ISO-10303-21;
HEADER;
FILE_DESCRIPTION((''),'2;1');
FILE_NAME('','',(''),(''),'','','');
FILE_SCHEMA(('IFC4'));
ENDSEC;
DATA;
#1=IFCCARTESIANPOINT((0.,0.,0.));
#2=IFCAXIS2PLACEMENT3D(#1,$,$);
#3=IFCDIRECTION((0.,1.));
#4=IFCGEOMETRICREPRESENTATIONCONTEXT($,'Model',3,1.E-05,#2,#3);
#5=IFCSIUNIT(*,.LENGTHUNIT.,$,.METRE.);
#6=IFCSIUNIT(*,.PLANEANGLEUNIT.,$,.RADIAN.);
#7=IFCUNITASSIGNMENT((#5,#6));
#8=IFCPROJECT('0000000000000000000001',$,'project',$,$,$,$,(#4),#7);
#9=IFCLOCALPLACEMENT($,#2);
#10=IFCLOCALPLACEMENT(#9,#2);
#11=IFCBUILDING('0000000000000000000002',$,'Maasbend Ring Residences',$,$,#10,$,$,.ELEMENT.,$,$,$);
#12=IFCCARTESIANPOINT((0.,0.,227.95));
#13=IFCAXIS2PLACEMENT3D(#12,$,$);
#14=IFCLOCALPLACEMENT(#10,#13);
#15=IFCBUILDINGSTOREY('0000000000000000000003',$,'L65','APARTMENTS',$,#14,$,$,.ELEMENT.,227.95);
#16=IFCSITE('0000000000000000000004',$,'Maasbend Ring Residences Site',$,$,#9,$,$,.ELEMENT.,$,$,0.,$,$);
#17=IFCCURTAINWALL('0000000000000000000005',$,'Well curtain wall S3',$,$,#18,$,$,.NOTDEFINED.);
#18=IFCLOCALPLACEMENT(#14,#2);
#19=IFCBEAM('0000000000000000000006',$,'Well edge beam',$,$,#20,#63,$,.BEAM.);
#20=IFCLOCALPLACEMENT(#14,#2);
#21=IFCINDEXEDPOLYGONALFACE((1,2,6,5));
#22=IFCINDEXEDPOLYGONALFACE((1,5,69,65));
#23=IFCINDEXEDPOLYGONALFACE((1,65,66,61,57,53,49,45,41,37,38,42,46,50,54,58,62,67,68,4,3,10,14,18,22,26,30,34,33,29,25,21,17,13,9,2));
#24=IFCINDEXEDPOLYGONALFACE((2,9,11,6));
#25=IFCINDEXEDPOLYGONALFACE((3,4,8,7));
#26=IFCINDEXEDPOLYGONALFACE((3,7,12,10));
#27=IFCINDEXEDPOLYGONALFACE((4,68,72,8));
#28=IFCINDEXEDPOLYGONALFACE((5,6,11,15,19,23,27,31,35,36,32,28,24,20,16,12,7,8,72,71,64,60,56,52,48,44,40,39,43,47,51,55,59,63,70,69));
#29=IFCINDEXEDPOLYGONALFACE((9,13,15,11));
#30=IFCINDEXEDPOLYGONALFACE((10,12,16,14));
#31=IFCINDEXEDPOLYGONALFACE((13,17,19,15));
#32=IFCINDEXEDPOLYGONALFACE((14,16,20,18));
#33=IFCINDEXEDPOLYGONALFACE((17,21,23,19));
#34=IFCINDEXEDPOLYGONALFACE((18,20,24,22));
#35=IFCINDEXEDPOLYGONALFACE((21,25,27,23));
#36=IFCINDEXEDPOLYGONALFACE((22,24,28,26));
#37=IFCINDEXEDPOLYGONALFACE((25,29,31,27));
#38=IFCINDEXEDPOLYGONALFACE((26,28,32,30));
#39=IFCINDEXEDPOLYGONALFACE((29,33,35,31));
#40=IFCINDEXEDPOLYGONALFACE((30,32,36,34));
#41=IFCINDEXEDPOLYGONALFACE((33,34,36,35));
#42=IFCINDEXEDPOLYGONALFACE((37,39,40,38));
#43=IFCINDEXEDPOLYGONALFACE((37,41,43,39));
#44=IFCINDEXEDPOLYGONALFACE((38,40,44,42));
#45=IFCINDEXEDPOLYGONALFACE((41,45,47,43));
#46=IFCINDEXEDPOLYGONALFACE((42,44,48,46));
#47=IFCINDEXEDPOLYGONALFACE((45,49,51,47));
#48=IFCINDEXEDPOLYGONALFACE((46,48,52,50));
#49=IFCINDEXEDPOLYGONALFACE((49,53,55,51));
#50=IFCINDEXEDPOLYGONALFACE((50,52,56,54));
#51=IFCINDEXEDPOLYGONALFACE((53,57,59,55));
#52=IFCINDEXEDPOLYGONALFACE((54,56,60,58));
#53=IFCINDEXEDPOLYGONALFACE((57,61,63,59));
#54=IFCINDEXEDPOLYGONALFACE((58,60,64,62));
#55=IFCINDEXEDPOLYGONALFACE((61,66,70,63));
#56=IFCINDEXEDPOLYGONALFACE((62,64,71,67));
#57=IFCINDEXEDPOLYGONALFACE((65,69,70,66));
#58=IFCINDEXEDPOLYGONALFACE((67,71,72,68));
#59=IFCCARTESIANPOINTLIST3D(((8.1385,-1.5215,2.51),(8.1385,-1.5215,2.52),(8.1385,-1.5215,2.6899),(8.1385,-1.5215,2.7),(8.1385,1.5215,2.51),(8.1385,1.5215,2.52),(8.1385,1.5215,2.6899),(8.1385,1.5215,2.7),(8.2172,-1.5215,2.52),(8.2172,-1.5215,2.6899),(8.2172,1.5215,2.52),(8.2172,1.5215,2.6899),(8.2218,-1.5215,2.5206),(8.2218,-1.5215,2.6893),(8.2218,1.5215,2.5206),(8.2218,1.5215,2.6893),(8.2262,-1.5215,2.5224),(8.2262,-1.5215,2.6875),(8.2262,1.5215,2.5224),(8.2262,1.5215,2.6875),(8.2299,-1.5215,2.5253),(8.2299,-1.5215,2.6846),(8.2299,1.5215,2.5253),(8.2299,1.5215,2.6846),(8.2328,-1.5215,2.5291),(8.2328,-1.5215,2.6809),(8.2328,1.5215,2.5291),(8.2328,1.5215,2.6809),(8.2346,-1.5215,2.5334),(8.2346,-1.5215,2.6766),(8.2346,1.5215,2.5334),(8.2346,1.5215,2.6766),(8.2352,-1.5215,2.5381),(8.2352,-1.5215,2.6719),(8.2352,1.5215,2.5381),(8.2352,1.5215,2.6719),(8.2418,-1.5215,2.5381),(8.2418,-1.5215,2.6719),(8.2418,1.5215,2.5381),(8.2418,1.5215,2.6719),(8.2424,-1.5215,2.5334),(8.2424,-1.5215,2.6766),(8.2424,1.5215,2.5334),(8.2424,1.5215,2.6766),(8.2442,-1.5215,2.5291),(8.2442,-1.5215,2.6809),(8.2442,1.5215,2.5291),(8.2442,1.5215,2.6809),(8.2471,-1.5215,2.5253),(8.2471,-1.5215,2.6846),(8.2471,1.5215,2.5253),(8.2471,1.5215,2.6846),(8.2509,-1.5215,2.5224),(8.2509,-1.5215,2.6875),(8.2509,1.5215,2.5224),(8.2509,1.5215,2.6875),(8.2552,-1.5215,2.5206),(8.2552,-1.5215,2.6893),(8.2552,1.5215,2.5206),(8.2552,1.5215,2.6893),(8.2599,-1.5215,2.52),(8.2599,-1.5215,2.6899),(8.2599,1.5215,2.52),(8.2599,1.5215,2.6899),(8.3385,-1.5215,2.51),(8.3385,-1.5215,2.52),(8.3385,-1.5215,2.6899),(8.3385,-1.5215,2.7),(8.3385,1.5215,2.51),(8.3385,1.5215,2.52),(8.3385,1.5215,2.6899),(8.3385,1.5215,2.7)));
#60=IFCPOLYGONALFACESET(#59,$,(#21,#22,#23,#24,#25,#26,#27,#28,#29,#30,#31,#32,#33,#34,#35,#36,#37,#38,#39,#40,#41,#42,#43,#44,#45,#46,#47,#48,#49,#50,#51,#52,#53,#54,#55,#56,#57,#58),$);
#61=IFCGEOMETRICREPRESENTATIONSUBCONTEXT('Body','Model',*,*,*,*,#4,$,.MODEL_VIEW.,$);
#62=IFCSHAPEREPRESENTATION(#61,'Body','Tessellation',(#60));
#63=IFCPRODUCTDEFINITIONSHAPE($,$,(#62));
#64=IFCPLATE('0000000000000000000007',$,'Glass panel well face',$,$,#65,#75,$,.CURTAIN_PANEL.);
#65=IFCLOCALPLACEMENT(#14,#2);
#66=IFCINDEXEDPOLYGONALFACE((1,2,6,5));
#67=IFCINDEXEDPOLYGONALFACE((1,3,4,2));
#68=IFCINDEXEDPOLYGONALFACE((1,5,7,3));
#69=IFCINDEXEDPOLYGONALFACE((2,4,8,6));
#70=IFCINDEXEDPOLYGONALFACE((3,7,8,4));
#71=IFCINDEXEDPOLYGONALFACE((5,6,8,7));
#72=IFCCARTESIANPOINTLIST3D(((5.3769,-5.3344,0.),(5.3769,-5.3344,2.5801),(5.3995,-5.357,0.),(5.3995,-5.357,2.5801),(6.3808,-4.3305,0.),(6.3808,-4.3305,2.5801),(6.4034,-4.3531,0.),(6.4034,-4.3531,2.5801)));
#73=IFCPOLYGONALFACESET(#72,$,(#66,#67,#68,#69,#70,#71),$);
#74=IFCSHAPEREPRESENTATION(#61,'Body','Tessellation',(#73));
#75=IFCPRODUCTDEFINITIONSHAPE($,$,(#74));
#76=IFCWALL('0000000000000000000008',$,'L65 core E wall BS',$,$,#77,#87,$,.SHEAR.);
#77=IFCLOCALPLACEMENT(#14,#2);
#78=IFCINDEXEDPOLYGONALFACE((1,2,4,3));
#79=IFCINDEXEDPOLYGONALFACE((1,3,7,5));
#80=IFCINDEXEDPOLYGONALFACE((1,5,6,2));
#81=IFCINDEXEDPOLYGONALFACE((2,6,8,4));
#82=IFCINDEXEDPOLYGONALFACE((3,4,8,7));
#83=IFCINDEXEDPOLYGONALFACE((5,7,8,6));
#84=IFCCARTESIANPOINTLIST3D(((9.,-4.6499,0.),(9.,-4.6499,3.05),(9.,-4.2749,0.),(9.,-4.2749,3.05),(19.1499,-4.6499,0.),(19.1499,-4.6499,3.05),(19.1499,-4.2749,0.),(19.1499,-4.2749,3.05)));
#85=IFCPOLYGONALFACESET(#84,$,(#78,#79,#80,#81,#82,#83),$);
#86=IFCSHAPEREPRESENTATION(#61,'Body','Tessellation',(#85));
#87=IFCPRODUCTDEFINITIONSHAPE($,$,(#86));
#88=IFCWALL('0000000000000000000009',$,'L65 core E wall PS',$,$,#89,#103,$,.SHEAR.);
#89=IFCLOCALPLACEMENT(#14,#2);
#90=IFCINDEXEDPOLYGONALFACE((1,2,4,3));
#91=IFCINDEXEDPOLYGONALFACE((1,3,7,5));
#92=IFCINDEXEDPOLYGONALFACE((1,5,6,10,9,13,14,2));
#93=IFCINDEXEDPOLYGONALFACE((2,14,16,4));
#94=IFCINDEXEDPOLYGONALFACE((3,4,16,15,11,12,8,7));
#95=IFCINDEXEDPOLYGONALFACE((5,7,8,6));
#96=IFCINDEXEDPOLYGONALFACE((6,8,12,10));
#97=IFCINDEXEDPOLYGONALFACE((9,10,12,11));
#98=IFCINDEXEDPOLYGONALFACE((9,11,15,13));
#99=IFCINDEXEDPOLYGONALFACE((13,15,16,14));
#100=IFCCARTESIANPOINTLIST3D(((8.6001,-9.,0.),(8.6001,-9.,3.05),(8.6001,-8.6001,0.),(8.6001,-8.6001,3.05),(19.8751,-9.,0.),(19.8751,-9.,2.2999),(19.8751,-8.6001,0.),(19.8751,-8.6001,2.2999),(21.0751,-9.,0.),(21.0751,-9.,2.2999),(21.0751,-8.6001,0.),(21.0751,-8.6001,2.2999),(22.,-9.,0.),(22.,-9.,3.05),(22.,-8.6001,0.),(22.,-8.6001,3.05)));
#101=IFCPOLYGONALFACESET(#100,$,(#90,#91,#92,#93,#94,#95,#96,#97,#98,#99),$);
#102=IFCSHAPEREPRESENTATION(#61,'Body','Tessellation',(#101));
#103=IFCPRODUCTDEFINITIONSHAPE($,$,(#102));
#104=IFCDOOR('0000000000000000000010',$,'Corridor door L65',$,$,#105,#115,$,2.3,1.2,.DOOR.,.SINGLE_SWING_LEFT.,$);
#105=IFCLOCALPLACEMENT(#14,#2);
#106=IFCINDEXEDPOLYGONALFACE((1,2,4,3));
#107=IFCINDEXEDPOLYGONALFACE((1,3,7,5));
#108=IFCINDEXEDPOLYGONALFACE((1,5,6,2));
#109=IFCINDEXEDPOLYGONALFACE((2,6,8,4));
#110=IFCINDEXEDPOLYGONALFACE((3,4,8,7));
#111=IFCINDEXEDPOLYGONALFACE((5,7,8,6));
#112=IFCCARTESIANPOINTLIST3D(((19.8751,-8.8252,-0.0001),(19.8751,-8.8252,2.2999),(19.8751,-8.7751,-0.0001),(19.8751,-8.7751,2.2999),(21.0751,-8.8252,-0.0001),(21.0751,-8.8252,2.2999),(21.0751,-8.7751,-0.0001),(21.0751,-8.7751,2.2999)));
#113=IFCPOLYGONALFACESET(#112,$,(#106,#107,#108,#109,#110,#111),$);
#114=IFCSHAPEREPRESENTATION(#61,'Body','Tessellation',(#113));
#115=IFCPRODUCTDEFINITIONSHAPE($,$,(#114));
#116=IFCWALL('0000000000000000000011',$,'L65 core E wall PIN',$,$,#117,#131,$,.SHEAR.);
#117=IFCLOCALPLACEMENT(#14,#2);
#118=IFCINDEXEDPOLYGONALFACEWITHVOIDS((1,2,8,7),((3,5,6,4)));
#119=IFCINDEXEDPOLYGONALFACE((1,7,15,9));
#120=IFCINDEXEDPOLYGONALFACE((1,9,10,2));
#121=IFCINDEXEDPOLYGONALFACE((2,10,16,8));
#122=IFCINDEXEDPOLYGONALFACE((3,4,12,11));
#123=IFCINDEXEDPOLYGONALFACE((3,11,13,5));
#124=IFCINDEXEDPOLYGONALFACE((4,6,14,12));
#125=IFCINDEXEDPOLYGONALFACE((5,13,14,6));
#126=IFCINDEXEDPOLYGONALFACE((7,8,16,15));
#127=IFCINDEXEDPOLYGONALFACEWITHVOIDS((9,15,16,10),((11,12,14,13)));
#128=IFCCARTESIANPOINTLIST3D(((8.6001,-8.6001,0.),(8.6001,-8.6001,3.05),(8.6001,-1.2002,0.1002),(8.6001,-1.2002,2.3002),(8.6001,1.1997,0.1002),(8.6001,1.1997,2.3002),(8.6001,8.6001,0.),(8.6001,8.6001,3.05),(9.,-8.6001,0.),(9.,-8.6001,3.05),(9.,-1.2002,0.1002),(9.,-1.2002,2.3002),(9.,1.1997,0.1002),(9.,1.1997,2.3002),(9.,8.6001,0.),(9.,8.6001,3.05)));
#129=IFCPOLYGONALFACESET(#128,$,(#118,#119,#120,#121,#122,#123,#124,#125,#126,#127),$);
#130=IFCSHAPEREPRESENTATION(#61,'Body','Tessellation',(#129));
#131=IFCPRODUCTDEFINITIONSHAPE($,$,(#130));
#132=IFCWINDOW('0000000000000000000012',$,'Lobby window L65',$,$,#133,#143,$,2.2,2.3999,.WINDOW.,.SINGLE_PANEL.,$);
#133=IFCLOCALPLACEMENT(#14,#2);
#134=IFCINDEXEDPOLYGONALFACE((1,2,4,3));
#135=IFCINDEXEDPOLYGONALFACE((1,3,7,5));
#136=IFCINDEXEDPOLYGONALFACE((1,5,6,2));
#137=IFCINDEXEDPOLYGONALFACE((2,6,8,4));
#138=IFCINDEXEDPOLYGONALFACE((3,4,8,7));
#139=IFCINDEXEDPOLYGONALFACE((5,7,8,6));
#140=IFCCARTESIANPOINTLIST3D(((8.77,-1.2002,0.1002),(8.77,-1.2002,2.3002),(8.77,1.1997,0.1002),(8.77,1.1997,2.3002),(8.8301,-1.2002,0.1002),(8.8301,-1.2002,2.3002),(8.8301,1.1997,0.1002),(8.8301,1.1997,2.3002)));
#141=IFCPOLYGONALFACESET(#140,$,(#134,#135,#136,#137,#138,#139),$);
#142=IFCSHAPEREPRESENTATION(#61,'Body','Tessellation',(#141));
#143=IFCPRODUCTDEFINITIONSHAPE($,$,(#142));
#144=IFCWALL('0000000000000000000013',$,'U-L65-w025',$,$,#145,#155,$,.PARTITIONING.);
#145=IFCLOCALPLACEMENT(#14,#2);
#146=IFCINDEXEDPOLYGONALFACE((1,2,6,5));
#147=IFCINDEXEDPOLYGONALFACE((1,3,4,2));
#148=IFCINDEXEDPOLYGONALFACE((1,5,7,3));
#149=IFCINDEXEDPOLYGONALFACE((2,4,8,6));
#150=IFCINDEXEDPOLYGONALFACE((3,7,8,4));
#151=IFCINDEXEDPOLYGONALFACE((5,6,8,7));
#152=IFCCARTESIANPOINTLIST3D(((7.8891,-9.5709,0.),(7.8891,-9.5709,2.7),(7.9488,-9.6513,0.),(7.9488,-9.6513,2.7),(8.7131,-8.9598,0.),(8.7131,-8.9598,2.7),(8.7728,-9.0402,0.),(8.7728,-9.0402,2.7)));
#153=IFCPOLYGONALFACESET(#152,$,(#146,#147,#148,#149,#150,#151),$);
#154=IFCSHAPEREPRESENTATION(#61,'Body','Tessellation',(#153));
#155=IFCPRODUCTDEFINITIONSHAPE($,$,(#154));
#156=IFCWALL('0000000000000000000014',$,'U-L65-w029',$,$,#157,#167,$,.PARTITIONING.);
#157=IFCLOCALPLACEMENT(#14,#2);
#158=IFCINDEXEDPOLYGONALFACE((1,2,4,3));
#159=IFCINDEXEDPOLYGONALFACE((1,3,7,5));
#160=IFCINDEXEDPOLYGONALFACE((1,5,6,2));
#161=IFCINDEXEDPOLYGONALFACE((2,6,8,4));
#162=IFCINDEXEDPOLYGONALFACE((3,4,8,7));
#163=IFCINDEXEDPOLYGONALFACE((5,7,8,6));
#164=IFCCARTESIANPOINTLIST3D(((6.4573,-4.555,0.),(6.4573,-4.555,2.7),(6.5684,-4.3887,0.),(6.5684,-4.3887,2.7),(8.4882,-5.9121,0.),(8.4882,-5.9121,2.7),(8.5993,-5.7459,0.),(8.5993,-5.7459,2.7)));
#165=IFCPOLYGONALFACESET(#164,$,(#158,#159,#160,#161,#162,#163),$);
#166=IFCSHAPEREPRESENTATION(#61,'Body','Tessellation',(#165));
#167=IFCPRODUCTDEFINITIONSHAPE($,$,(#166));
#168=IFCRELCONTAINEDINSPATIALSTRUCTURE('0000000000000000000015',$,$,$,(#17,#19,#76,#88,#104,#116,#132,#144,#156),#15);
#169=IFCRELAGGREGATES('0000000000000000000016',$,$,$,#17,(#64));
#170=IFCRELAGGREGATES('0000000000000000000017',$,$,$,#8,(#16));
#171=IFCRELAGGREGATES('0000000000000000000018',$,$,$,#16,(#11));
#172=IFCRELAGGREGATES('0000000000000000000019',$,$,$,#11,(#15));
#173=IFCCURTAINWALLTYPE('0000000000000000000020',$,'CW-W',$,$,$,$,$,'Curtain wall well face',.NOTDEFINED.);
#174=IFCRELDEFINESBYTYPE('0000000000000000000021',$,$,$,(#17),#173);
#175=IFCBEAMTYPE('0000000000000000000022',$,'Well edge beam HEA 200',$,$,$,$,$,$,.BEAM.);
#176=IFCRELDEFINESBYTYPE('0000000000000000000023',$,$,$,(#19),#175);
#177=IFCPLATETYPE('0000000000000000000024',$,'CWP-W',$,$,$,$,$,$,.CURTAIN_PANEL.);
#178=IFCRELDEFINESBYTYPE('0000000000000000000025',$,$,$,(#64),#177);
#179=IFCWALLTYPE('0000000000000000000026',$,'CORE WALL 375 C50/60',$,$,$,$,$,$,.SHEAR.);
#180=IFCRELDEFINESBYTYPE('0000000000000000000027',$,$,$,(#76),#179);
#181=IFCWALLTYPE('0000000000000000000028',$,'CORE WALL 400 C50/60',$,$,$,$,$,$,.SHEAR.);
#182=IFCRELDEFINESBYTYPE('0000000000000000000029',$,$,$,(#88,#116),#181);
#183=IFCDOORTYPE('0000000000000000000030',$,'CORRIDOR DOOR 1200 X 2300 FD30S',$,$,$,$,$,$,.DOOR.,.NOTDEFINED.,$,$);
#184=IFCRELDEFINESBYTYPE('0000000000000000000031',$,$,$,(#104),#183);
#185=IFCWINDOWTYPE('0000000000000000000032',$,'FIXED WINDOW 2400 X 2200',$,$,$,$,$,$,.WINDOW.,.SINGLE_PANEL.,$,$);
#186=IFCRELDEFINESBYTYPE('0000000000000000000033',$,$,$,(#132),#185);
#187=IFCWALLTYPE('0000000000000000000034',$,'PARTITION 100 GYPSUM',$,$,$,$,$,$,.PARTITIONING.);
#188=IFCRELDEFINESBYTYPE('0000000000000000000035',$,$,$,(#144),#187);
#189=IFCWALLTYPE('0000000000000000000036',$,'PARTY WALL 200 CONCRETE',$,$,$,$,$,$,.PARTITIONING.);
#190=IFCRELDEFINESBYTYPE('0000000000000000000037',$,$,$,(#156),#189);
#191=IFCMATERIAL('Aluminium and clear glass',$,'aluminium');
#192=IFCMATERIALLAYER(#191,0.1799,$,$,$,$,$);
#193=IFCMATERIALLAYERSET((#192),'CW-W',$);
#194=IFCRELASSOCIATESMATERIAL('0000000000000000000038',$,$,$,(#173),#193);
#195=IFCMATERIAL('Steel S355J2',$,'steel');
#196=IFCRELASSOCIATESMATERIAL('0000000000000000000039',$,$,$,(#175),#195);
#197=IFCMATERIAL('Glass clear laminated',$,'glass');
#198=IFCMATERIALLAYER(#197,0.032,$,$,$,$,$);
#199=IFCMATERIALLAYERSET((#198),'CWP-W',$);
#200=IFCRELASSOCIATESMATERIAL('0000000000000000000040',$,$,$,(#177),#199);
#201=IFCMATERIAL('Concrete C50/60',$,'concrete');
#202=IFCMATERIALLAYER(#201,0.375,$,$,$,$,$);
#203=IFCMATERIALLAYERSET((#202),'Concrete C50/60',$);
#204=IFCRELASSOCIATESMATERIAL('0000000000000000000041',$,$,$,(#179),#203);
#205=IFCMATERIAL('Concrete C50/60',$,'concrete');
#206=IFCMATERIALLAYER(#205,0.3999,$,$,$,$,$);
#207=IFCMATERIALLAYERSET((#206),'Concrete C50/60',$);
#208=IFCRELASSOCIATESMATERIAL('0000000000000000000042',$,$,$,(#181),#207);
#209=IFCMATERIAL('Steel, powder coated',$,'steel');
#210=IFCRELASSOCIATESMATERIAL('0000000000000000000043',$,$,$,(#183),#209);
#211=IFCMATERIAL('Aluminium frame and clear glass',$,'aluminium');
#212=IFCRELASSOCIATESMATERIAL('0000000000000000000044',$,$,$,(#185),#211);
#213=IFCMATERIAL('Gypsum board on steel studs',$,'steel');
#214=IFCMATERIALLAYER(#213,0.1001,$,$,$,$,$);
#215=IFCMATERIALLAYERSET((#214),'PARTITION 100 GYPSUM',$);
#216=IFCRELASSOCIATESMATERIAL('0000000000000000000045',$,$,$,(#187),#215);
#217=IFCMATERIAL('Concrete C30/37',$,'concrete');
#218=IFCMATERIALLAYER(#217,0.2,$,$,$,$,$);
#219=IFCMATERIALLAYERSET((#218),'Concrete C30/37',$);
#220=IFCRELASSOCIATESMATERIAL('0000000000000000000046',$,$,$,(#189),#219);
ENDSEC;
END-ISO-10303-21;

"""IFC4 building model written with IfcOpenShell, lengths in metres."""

from ifc_helpers import new_model, si_unit, direction, frame, frame_2d, origin, origin_2d, place, context, subcontext, project, spatial, rectangle, i_section, extrude, material, layer, layer_set, material_profile, profile_set, type_object, element, fill, aggregate, save


model = new_model("IFC4")

# Units and contexts
model_context = context("Model", 3, precision=1e-05, world=origin(), true_north=direction((0.0, 1.0)))
body_context = subcontext(model_context, "Body", "Model", "MODEL_VIEW")
ifc_project = project(units=[si_unit("LENGTHUNIT", "METRE"), si_unit("PLANEANGLEUNIT", "RADIAN")], contexts=[model_context])

# Site, building, storey
site_placement = place(None, origin())
site = spatial("IfcSite", under=ifc_project, at=site_placement, Name="Maasbend Ring Residences Site", CompositionType="ELEMENT", RefElevation=0.0)
building_placement = place(site_placement, origin())
building = spatial("IfcBuilding", under=site, at=building_placement, Name="Maasbend Ring Residences", CompositionType="ELEMENT")
storey_placement = place(building_placement, frame((0.0, 0.0, 227.95)))
storey = spatial("IfcBuildingStorey", under=building, at=storey_placement, Name="L65", Description="APARTMENTS", CompositionType="ELEMENT", Elevation=227.95)

# Curtain wall
ifc_material_1 = material(Name="Aluminium and clear glass", Category="aluminium")
ifc_layer_1 = layer(ifc_material_1, 0.1799)
ifc_layer_set_1 = layer_set([ifc_layer_1], Name="CW-W")
curtain_wall_type = type_object("IfcCurtainWallType", Name="CW-W", ElementType="Curtain wall well face", PredefinedType="NOTDEFINED", material=ifc_layer_set_1)
curtain_wall_placement = place(storey_placement, origin())
curtain_wall = element("IfcCurtainWall", 1, at=curtain_wall_placement, inside=storey, type_object=curtain_wall_type, Name="Well curtain wall S3", PredefinedType="NOTDEFINED")

# Beam
ifc_material_2 = material(Name="Steel S355J2", Category="steel")
ifc_material_profile_1 = material_profile(ifc_material_2, i_section(OverallWidth=0.2, OverallDepth=0.1899, WebThickness=0.0066, FlangeThickness=0.01, FilletRadius=0.0181, at=origin_2d()), Name="HEA 200")
ifc_profile_set_1 = profile_set([ifc_material_profile_1], Name="Steel S355J2")
beam_type = type_object("IfcBeamType", Name="Well edge beam HEA 200", PredefinedType="BEAM", material=ifc_profile_set_1)
for number, where, z_axis, x_axis, name in (
    (2, (8.2385, -1.5215, 2.605), (0.0, 1.0, 0.0), (-1.0, 0.0, 0.0), "Well edge beam"),
):
    element("IfcBeam", number, at=place(storey_placement, frame(where, z_axis=z_axis, x_axis=x_axis)), inside=storey, type_object=beam_type, Name=name, PredefinedType="BEAM", context=body_context, shape_type="SweptSolid", body=[
        extrude(i_section(OverallWidth=0.2, OverallDepth=0.1899, WebThickness=0.0066, FlangeThickness=0.01, FilletRadius=0.0181, at=origin_2d()), origin(), (0.0, 0.0, 1.0), 3.043),
    ])

# Plate
ifc_material_3 = material(Name="Glass clear laminated", Category="glass")
ifc_layer_2 = layer(ifc_material_3, 0.032)
ifc_layer_set_2 = layer_set([ifc_layer_2], Name="CWP-W")
plate_type = type_object("IfcPlateType", Name="CWP-W", PredefinedType="CURTAIN_PANEL", material=ifc_layer_set_2)
plate_placement = place(storey_placement, frame((5.8901, -4.8438, 0.0), z_axis=(0.0, 0.0, 1.0), x_axis=(0.707107, 0.707107, 0.0)))
plate = element("IfcPlate", 3, at=plate_placement, type_object=plate_type, Name="Glass panel well face", PredefinedType="CURTAIN_PANEL", context=body_context, shape_type="SweptSolid", body=[
    extrude(rectangle(XDim=1.4197, YDim=0.032, at=origin_2d()), origin(), (0.0, 0.0, 1.0), 2.5801),
])
aggregate(curtain_wall, [plate])

# Wall
ifc_material_4 = material(Name="Concrete C50/60", Category="concrete")
ifc_layer_3 = layer(ifc_material_4, 0.375)
ifc_layer_set_3 = layer_set([ifc_layer_3], Name="Concrete C50/60")
wall_type_1 = type_object("IfcWallType", Name="CORE WALL 375 C50/60", PredefinedType="SHEAR", material=ifc_layer_set_3)
wall_1_placement = place(storey_placement, frame((9.0, -4.4624, 0.0), z_axis=(0.0, 0.0, 1.0), x_axis=(1.0, 0.0, 0.0)))
element("IfcWall", 4, at=wall_1_placement, inside=storey, type_object=wall_type_1, Name="L65 core E wall BS", PredefinedType="SHEAR", context=body_context, shape_type="SweptSolid", body=[
    extrude(rectangle(XDim=10.1499, YDim=0.375, at=frame_2d((5.075, 0.0))), origin(), (0.0, 0.0, 1.0), 3.05),
])

# Wall, opening, door
ifc_material_5 = material(Name="Concrete C50/60", Category="concrete")
ifc_layer_4 = layer(ifc_material_5, 0.3999)
ifc_layer_set_4 = layer_set([ifc_layer_4], Name="Concrete C50/60")
wall_type_2 = type_object("IfcWallType", Name="CORE WALL 400 C50/60", PredefinedType="SHEAR", material=ifc_layer_set_4)
wall_2_placement = place(storey_placement, frame((8.6001, -8.8, 0.0), z_axis=(0.0, 0.0, 1.0), x_axis=(1.0, 0.0, 0.0)))
wall_2 = element("IfcWall", 5, at=wall_2_placement, inside=storey, type_object=wall_type_2, Name="L65 core E wall PS", PredefinedType="SHEAR", context=body_context, shape_type="SweptSolid", body=[
    extrude(rectangle(XDim=13.3999, YDim=0.3999, at=frame_2d((6.7, 0.0))), origin(), (0.0, 0.0, 1.0), 3.05),
])
opening_1_placement = place(wall_2_placement, frame((11.2749, 0.0, 0.0)))
opening_1 = element("IfcOpeningElement", 6, at=opening_1_placement, cuts=wall_2, PredefinedType="OPENING", context=body_context, shape_type="SweptSolid", body=[
    extrude(rectangle(XDim=1.2, YDim=2.3, at=frame_2d((0.6001, 1.1499))), frame((0.0, 0.21, 0.0), z_axis=(0.0, -1.0, 0.0), x_axis=(1.0, 0.0, 0.0)), (0.0, 0.0, 1.0), 0.4199),
])
ifc_material_6 = material(Name="Steel, powder coated", Category="steel")
door_type = type_object("IfcDoorType", Name="CORRIDOR DOOR 1200 X 2300 FD30S", OperationType="NOTDEFINED", PredefinedType="DOOR", material=ifc_material_6)
door_placement = place(opening_1_placement, origin())
door = element("IfcDoor", 7, at=door_placement, inside=storey, type_object=door_type, Name="Corridor door L65", OperationType="SINGLE_SWING_LEFT", OverallHeight=2.3, OverallWidth=1.2, PredefinedType="DOOR", context=body_context, shape_type="SweptSolid", body=[
    extrude(rectangle(XDim=1.2, YDim=2.3, at=frame_2d((0.6001, 1.1499))), frame((0.0, 0.0249, 0.0), z_axis=(0.0, -1.0, 0.0), x_axis=(1.0, 0.0, 0.0)), (0.0, 0.0, 1.0), 0.05),
])
fill(opening_1, door)

# Wall, opening, window
wall_3_placement = place(storey_placement, frame((8.8, -8.6001, 0.0), z_axis=(0.0, 0.0, 1.0), x_axis=(0.0, 1.0, 0.0)))
wall_3 = element("IfcWall", 8, at=wall_3_placement, inside=storey, type_object=wall_type_2, Name="L65 core E wall PIN", PredefinedType="SHEAR", context=body_context, shape_type="SweptSolid", body=[
    extrude(rectangle(XDim=17.2002, YDim=0.3999, at=frame_2d((8.6001, 0.0))), origin(), (0.0, 0.0, 1.0), 3.05),
])
opening_2_placement = place(wall_3_placement, frame((7.3999, 0.0, 0.1001)))
opening_2 = element("IfcOpeningElement", 9, at=opening_2_placement, cuts=wall_3, PredefinedType="OPENING", context=body_context, shape_type="SweptSolid", body=[
    extrude(rectangle(XDim=2.3999, YDim=2.2, at=frame_2d((1.2, 1.1001))), frame((0.0, 0.21, 0.0), z_axis=(0.0, -1.0, 0.0), x_axis=(1.0, 0.0, 0.0)), (0.0, 0.0, 1.0), 0.4199),
])
ifc_material_7 = material(Name="Aluminium frame and clear glass", Category="aluminium")
window_type = type_object("IfcWindowType", Name="FIXED WINDOW 2400 X 2200", PartitioningType="SINGLE_PANEL", PredefinedType="WINDOW", material=ifc_material_7)
window_placement = place(opening_2_placement, origin())
window = element("IfcWindow", 10, at=window_placement, inside=storey, type_object=window_type, Name="Lobby window L65", OverallHeight=2.2, OverallWidth=2.3999, PartitioningType="SINGLE_PANEL", PredefinedType="WINDOW", context=body_context, shape_type="SweptSolid", body=[
    extrude(rectangle(XDim=2.3999, YDim=2.2, at=frame_2d((1.2, 1.1001))), frame((0.0, 0.03, 0.0), z_axis=(0.0, -1.0, 0.0), x_axis=(1.0, 0.0, 0.0)), (0.0, 0.0, 1.0), 0.0601),
])
fill(opening_2, window)

# Walls
ifc_material_8 = material(Name="Gypsum board on steel studs", Category="steel")
ifc_layer_5 = layer(ifc_material_8, 0.1001)
ifc_layer_set_5 = layer_set([ifc_layer_5], Name="PARTITION 100 GYPSUM")
wall_type_3 = type_object("IfcWallType", Name="PARTITION 100 GYPSUM", PredefinedType="PARTITIONING", material=ifc_layer_set_5)
wall_4_placement = place(storey_placement, frame((7.9189, -9.6111, 0.0), z_axis=(0.0, 0.0, 1.0), x_axis=(0.803216, 0.595688, 0.0)))
element("IfcWall", 11, at=wall_4_placement, inside=storey, type_object=wall_type_3, Name="U-L65-w025", PredefinedType="PARTITIONING", context=body_context, shape_type="SweptSolid", body=[
    extrude(rectangle(XDim=1.0259, YDim=0.1001, at=frame_2d((0.5129, 0.0))), origin(), (0.0, 0.0, 1.0), 2.7),
])
ifc_material_9 = material(Name="Concrete C30/37", Category="concrete")
ifc_layer_6 = layer(ifc_material_9, 0.2)
ifc_layer_set_6 = layer_set([ifc_layer_6], Name="Concrete C30/37")
wall_type_4 = type_object("IfcWallType", Name="PARTY WALL 200 CONCRETE", PredefinedType="PARTITIONING", material=ifc_layer_set_6)
wall_5_placement = place(storey_placement, frame((6.5129, -4.4719, 0.0), z_axis=(0.0, 0.0, 1.0), x_axis=(0.83145, -0.555599, 0.0)))
element("IfcWall", 12, at=wall_5_placement, inside=storey, type_object=wall_type_4, Name="U-L65-w029", PredefinedType="PARTITIONING", context=body_context, shape_type="SweptSolid", body=[
    extrude(rectangle(XDim=2.4426, YDim=0.2, at=frame_2d((1.2212, 0.0))), origin(), (0.0, 0.0, 1.0), 2.7),
])

save(model, "model.ifc")
